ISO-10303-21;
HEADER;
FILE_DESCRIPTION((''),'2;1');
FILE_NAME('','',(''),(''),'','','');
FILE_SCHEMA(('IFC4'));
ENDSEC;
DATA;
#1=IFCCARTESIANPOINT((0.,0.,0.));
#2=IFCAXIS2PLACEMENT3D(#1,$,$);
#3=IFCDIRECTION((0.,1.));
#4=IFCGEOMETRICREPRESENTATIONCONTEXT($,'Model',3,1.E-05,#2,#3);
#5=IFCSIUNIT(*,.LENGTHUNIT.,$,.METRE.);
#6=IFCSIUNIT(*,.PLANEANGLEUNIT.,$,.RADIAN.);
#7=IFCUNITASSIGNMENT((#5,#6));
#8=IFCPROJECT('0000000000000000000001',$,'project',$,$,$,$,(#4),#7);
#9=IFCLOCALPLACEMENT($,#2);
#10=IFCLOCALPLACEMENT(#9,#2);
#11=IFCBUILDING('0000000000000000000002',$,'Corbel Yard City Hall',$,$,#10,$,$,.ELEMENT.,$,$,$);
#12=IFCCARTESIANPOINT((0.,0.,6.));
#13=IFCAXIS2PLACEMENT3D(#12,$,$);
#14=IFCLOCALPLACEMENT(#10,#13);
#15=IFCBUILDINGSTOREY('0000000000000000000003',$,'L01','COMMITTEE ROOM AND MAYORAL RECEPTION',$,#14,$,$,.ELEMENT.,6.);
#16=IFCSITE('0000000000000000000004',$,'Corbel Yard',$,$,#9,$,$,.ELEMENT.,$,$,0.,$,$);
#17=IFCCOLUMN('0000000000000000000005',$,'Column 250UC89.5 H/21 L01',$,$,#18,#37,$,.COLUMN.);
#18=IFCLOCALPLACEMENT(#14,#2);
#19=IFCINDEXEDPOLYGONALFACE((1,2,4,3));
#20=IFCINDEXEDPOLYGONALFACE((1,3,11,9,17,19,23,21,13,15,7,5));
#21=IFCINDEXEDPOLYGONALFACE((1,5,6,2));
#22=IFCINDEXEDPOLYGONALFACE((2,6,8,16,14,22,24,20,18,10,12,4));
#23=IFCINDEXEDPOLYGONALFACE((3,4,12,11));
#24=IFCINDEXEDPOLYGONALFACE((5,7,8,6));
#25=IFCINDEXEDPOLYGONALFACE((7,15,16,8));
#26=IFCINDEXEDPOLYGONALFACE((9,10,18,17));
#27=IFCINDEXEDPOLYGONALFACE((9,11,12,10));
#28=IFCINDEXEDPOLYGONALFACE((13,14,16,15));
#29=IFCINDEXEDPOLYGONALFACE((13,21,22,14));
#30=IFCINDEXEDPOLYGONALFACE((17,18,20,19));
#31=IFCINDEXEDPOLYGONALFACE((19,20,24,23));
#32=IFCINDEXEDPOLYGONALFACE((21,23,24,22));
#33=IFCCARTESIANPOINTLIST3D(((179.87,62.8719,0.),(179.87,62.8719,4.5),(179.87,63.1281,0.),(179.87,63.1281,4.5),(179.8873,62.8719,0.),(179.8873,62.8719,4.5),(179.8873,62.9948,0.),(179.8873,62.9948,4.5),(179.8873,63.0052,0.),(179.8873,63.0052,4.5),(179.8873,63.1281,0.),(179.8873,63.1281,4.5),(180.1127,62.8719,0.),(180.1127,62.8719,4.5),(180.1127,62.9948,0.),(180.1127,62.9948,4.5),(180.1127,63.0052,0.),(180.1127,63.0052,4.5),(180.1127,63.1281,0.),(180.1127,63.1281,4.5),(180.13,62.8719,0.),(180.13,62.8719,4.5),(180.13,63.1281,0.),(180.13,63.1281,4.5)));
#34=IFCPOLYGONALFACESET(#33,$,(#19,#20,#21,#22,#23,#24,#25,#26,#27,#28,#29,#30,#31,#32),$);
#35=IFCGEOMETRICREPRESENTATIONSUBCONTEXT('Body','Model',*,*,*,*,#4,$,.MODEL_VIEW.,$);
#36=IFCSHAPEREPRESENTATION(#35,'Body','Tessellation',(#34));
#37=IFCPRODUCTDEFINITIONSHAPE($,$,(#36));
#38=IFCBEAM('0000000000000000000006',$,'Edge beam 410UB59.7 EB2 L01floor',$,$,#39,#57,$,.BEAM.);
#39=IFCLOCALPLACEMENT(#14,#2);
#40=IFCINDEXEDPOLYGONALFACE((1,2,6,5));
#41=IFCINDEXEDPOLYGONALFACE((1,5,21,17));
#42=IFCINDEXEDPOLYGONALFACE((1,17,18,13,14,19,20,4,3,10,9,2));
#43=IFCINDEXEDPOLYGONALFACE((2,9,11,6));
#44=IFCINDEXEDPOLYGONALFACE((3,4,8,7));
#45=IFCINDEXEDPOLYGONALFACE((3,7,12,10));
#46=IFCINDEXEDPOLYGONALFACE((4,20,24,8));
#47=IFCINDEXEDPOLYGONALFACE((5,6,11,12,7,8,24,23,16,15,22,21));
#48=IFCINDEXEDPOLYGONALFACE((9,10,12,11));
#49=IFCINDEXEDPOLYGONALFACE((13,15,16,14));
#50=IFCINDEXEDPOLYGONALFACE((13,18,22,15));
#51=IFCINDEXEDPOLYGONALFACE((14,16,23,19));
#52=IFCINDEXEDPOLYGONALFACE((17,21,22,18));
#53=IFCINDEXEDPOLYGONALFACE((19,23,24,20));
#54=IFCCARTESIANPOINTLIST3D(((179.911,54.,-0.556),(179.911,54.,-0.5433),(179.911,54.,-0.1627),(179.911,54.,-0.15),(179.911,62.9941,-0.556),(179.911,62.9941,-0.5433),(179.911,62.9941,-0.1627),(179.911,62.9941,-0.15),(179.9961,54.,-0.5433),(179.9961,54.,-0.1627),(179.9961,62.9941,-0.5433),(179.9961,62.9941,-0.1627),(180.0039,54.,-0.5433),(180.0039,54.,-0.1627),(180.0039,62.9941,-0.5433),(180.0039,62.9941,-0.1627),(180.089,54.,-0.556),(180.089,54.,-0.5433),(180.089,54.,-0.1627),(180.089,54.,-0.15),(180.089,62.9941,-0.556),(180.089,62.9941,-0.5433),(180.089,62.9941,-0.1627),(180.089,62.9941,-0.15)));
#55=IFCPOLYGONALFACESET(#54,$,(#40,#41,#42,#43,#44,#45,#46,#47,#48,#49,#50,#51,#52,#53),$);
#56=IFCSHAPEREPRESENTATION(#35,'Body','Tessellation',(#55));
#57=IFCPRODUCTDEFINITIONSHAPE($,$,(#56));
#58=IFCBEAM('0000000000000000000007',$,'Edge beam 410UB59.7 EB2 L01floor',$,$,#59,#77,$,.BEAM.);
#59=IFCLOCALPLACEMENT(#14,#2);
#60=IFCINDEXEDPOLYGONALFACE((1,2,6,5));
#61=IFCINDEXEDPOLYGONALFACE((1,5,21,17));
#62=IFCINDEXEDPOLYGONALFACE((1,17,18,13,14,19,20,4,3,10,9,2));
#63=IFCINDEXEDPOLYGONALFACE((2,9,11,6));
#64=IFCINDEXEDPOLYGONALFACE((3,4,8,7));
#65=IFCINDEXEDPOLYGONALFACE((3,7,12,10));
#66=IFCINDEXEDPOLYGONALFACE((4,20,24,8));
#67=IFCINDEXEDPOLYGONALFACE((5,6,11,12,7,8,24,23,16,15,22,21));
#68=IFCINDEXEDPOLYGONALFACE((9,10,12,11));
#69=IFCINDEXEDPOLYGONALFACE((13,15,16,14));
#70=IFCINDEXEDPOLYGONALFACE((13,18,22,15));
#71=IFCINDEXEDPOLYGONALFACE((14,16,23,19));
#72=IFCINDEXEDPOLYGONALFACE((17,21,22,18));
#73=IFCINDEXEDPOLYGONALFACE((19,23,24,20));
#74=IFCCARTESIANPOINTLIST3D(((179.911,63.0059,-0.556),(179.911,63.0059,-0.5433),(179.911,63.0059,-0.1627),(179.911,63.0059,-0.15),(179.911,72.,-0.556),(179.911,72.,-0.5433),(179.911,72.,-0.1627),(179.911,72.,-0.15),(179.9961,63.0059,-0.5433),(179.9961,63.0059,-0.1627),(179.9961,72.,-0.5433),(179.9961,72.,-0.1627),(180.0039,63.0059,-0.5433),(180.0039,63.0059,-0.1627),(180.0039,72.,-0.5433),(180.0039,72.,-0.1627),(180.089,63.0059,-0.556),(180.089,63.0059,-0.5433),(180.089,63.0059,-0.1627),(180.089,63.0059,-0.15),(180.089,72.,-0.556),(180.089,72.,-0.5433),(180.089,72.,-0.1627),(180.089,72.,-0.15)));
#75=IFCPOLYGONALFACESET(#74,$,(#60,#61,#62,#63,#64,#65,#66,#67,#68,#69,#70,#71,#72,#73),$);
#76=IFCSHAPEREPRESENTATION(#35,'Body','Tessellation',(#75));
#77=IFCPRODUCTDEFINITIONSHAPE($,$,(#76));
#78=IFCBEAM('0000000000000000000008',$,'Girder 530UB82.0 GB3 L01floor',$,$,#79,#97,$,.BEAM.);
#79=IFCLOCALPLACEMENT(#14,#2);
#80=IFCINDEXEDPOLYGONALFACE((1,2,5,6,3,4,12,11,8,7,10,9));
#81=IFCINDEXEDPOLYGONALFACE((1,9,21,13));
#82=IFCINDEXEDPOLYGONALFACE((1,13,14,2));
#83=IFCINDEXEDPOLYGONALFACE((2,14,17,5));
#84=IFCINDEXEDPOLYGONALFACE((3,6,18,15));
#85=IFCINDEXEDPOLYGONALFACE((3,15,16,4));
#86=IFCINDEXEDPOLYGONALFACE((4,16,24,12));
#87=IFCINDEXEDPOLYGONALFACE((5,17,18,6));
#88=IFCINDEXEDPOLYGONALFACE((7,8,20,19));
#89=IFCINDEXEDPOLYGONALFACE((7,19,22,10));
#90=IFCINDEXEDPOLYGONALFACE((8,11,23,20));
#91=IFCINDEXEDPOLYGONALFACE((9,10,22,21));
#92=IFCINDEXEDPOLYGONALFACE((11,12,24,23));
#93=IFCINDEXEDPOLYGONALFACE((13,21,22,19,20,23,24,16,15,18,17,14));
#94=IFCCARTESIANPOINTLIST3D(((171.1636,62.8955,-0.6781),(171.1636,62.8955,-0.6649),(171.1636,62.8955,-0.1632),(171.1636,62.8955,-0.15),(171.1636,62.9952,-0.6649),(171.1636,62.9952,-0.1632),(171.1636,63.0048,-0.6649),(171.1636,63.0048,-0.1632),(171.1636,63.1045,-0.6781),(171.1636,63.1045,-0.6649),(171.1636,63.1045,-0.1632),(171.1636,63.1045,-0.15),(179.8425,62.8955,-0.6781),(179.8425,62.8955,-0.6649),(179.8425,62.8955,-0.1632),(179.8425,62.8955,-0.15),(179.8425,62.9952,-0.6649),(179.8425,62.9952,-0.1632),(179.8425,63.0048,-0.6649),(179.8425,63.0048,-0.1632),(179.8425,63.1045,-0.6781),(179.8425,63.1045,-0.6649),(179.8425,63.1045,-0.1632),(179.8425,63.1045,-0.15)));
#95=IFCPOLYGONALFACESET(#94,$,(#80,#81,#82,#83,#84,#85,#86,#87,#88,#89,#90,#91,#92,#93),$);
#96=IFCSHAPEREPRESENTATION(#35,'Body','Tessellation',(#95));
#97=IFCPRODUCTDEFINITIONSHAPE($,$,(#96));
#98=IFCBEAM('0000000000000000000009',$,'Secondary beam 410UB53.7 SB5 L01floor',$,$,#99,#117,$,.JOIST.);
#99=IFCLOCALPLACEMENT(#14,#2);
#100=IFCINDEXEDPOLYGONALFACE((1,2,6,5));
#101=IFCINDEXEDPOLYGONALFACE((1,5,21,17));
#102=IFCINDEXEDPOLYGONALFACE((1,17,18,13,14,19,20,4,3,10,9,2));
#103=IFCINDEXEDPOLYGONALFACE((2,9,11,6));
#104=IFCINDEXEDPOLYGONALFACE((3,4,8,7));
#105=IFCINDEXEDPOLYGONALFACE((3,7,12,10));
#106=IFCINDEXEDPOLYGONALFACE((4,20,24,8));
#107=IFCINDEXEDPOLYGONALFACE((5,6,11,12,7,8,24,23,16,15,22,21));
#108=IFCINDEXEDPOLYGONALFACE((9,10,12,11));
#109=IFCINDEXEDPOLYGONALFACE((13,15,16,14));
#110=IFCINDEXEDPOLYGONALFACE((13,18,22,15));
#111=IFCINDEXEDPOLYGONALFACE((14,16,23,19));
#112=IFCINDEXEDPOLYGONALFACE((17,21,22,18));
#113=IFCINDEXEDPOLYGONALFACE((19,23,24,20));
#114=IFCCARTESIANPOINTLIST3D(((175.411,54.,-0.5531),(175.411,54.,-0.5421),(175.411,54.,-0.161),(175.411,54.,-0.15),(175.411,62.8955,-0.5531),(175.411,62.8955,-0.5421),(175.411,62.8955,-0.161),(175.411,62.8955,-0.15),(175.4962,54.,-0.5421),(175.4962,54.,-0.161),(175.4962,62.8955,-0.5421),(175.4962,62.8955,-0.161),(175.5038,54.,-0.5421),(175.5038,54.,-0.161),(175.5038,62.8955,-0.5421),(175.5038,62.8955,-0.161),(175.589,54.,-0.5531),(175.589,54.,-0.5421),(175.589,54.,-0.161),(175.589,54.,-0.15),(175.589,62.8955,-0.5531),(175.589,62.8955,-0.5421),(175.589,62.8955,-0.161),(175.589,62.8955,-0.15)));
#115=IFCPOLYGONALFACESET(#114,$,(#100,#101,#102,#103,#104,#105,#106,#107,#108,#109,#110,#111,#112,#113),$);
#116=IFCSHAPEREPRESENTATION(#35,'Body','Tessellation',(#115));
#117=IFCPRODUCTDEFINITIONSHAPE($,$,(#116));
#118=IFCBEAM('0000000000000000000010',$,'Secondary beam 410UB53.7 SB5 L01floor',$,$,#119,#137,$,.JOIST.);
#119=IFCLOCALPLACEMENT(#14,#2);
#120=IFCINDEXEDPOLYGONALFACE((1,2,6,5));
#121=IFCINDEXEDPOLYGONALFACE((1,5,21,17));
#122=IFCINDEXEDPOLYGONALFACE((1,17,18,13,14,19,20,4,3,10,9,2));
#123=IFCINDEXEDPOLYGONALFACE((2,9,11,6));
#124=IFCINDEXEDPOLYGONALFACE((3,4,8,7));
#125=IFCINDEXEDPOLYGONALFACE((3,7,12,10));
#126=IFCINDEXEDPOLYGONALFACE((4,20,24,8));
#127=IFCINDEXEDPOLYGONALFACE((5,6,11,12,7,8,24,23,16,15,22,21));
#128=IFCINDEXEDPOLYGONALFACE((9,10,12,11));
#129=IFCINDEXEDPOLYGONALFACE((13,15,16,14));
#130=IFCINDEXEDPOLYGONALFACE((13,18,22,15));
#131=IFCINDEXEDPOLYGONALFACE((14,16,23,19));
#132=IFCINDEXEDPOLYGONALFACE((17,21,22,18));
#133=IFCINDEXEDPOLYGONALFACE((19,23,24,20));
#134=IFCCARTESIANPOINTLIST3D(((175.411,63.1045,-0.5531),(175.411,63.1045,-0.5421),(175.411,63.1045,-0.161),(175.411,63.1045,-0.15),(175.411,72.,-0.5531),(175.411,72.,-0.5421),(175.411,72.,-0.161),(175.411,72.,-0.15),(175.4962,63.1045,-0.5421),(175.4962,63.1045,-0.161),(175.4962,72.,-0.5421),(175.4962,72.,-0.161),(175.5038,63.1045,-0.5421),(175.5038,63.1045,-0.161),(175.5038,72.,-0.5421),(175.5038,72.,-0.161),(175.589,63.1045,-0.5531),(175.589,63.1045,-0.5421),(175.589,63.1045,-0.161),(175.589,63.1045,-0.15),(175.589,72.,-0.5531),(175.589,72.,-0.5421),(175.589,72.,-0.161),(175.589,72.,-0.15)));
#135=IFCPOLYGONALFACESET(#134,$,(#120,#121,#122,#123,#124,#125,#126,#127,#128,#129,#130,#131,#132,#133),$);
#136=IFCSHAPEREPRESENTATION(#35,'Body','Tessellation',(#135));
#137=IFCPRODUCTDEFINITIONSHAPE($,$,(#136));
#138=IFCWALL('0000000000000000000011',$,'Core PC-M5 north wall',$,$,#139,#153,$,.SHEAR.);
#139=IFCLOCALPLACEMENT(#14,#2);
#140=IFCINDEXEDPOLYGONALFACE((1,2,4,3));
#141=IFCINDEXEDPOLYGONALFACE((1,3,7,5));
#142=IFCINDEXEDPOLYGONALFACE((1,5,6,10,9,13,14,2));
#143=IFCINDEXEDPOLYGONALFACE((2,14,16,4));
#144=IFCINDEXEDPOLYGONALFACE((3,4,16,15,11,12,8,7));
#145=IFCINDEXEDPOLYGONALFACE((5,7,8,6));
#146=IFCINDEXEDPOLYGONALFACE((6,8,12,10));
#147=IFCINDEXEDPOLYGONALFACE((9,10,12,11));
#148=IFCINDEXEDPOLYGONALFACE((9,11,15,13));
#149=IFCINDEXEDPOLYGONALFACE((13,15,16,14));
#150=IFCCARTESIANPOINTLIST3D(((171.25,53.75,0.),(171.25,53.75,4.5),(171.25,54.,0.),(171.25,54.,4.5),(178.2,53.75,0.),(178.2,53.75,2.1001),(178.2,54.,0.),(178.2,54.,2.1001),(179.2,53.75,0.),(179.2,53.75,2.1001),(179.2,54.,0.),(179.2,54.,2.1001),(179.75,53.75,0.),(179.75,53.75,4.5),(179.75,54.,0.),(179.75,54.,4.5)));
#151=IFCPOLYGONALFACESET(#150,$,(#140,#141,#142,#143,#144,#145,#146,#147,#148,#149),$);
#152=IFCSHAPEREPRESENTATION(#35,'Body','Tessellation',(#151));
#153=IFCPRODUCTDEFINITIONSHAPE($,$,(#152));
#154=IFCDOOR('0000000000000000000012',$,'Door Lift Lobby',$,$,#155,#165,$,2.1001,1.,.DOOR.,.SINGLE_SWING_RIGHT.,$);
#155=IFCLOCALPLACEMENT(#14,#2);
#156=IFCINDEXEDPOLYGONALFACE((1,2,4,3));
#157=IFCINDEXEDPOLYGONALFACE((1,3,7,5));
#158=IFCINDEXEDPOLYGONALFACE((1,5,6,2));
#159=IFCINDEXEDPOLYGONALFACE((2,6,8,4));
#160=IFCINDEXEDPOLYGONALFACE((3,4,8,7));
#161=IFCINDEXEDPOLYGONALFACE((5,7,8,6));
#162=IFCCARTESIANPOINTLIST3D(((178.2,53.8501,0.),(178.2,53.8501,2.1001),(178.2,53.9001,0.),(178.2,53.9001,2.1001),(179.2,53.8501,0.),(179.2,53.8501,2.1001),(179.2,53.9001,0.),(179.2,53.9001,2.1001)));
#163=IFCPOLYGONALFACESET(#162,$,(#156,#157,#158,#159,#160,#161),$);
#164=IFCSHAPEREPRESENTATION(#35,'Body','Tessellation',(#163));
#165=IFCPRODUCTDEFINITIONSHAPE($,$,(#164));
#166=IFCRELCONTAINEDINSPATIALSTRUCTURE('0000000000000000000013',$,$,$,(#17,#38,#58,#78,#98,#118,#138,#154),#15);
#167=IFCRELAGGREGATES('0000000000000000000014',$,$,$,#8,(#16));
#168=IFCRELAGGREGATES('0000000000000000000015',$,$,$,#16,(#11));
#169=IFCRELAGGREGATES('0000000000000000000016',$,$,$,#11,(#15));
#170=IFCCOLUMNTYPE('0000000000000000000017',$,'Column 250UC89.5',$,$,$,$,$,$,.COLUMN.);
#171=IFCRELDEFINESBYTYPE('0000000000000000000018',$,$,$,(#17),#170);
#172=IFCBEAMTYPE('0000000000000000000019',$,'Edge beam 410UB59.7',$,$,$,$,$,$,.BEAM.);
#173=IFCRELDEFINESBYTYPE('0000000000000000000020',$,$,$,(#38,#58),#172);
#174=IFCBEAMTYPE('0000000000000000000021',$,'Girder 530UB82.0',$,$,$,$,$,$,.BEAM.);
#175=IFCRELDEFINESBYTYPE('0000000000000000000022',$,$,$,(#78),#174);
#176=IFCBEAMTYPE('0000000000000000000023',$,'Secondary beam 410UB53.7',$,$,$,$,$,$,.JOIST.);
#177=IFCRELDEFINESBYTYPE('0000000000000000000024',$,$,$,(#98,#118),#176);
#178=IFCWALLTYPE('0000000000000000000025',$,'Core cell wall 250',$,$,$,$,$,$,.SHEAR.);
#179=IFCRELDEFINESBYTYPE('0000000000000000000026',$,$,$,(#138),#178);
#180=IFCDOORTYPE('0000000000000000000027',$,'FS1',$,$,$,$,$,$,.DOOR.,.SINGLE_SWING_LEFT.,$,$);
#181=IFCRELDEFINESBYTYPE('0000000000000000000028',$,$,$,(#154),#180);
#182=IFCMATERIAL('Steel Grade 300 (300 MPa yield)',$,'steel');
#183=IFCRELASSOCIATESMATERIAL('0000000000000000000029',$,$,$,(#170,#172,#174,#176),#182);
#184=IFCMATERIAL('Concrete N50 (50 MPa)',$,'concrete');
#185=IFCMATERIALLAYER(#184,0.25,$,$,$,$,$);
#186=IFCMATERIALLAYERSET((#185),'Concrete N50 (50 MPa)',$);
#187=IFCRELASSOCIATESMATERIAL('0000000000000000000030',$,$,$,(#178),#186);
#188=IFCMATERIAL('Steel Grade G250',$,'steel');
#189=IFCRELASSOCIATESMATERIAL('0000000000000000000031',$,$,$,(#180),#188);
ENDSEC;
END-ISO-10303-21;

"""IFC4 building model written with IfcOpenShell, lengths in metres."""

from ifc_helpers import new_model, si_unit, direction, frame, frame_2d, origin, origin_2d, place, context, subcontext, project, spatial, rectangle, i_section, extrude, material, layer, layer_set, material_profile, profile_set, type_object, element, fill, save


model = new_model("IFC4")

# Units and contexts
model_context = context("Model", 3, precision=1e-05, world=origin(), true_north=direction((0.0, 1.0)))
body_context = subcontext(model_context, "Body", "Model", "MODEL_VIEW")
ifc_project = project(units=[si_unit("LENGTHUNIT", "METRE"), si_unit("PLANEANGLEUNIT", "RADIAN")], contexts=[model_context])

# Site, building, storey
site_placement = place(None, origin())
site = spatial("IfcSite", under=ifc_project, at=site_placement, Name="Corbel Yard", CompositionType="ELEMENT", RefElevation=0.0)
building_placement = place(site_placement, origin())
building = spatial("IfcBuilding", under=site, at=building_placement, Name="Corbel Yard City Hall", CompositionType="ELEMENT")
storey_placement = place(building_placement, frame((0.0, 0.0, 6.0)))
storey = spatial("IfcBuildingStorey", under=building, at=storey_placement, Name="L01", Description="COMMITTEE ROOM AND MAYORAL RECEPTION", CompositionType="ELEMENT", Elevation=6.0)

# Column
ifc_material_1 = material(Name="Steel Grade 300 (300 MPa yield)", Category="steel")
ifc_material_profile_1 = material_profile(ifc_material_1, i_section(OverallWidth=0.2561, OverallDepth=0.26, WebThickness=0.0105, FlangeThickness=0.0173, at=origin_2d()), Name="250UC89.5")
ifc_profile_set_1 = profile_set([ifc_material_profile_1], Name="Steel Grade 300 (300 MPa yield)")
column_type = type_object("IfcColumnType", Name="Column 250UC89.5", PredefinedType="COLUMN", material=ifc_profile_set_1)
column_placement = place(storey_placement, frame((180.0, 63.0, 0.0), z_axis=(0.0, 0.0, 1.0), x_axis=(0.0, 1.0, 0.0)))
element("IfcColumn", 1, at=column_placement, inside=storey, type_object=column_type, Name="Column 250UC89.5 H/21 L01", PredefinedType="COLUMN", context=body_context, shape_type="SweptSolid", body=[
    extrude(i_section(OverallWidth=0.2561, OverallDepth=0.26, WebThickness=0.0105, FlangeThickness=0.0173, at=origin_2d()), origin(), (0.0, 0.0, 1.0), 4.5),
])

# Beams
ifc_material_profile_2 = material_profile(ifc_material_1, i_section(OverallWidth=0.178, OverallDepth=0.406, WebThickness=0.0078, FlangeThickness=0.0127, at=origin_2d()), Name="410UB59.7")
ifc_profile_set_2 = profile_set([ifc_material_profile_2], Name="Steel Grade 300 (300 MPa yield)")
beam_type_1 = type_object("IfcBeamType", Name="Edge beam 410UB59.7", PredefinedType="BEAM", material=ifc_profile_set_2)
for number, where, z_axis, x_axis, name in (
    (2, (180.0, 54.0, -0.353), (0.0, 1.0, 0.0), (-1.0, 0.0, 0.0), "Edge beam 410UB59.7 EB2 L01floor"),
    (3, (180.0, 63.0059, -0.353), (0.0, 1.0, 0.0), (-1.0, 0.0, 0.0), "Edge beam 410UB59.7 EB2 L01floor"),
):
    element("IfcBeam", number, at=place(storey_placement, frame(where, z_axis=z_axis, x_axis=x_axis)), inside=storey, type_object=beam_type_1, Name=name, PredefinedType="BEAM", context=body_context, shape_type="SweptSolid", body=[
        extrude(i_section(OverallWidth=0.178, OverallDepth=0.406, WebThickness=0.0078, FlangeThickness=0.0127, at=origin_2d()), origin(), (0.0, 0.0, 1.0), 8.9941),
    ])
ifc_material_profile_3 = material_profile(ifc_material_1, i_section(OverallWidth=0.209, OverallDepth=0.5281, WebThickness=0.0095, FlangeThickness=0.0132, at=origin_2d()), Name="530UB82.0")
ifc_profile_set_3 = profile_set([ifc_material_profile_3], Name="Steel Grade 300 (300 MPa yield)")
beam_type_2 = type_object("IfcBeamType", Name="Girder 530UB82.0", PredefinedType="BEAM", material=ifc_profile_set_3)
beam_placement = place(storey_placement, frame((171.1636, 63.0, -0.4141), z_axis=(1.0, 0.0, 0.0), x_axis=(0.0, 1.0, 0.0)))
element("IfcBeam", 4, at=beam_placement, inside=storey, type_object=beam_type_2, Name="Girder 530UB82.0 GB3 L01floor", PredefinedType="BEAM", context=body_context, shape_type="SweptSolid", body=[
    extrude(i_section(OverallWidth=0.209, OverallDepth=0.5281, WebThickness=0.0095, FlangeThickness=0.0132, at=origin_2d()), origin(), (0.0, 0.0, 1.0), 8.679),
])
ifc_material_profile_4 = material_profile(ifc_material_1, i_section(OverallWidth=0.178, OverallDepth=0.4031, WebThickness=0.0076, FlangeThickness=0.011, at=origin_2d()), Name="410UB53.7")
ifc_profile_set_4 = profile_set([ifc_material_profile_4], Name="Steel Grade 300 (300 MPa yield)")
beam_type_3 = type_object("IfcBeamType", Name="Secondary beam 410UB53.7", PredefinedType="JOIST", material=ifc_profile_set_4)
for number, where, z_axis, x_axis, name in (
    (5, (175.5, 54.0, -0.3516), (0.0, 1.0, 0.0), (-1.0, 0.0, 0.0), "Secondary beam 410UB53.7 SB5 L01floor"),
    (6, (175.5, 63.1045, -0.3516), (0.0, 1.0, 0.0), (-1.0, 0.0, 0.0), "Secondary beam 410UB53.7 SB5 L01floor"),
):
    element("IfcBeam", number, at=place(storey_placement, frame(where, z_axis=z_axis, x_axis=x_axis)), inside=storey, type_object=beam_type_3, Name=name, PredefinedType="JOIST", context=body_context, shape_type="SweptSolid", body=[
        extrude(i_section(OverallWidth=0.178, OverallDepth=0.4031, WebThickness=0.0076, FlangeThickness=0.011, at=origin_2d()), origin(), (0.0, 0.0, 1.0), 8.8955),
    ])

# Wall, opening, door
ifc_material_2 = material(Name="Concrete N50 (50 MPa)", Category="concrete")
ifc_layer_1 = layer(ifc_material_2, 0.25)
ifc_layer_set_1 = layer_set([ifc_layer_1], Name="Concrete N50 (50 MPa)")
wall_type_1 = type_object("IfcWallType", Name="Core cell wall 250", PredefinedType="SHEAR", material=ifc_layer_set_1)
wall_1_placement = place(storey_placement, frame((171.25, 53.875, 0.0), z_axis=(0.0, 0.0, 1.0), x_axis=(1.0, 0.0, 0.0)))
wall_1 = element("IfcWall", 7, at=wall_1_placement, inside=storey, type_object=wall_type_1, Name="Core PC-M5 north wall", PredefinedType="SHEAR", context=body_context, shape_type="SweptSolid", body=[
    extrude(rectangle(XDim=8.5, YDim=0.25, at=frame_2d((4.25, 0.0))), origin(), (0.0, 0.0, 1.0), 4.5),
])
opening_1_placement = place(wall_1_placement, frame((6.95, 0.0, 0.0)))
opening_1 = element("IfcOpeningElement", 8, at=opening_1_placement, cuts=wall_1, PredefinedType="OPENING", context=body_context, shape_type="SweptSolid", body=[
    extrude(rectangle(XDim=1.0, YDim=2.1001, at=frame_2d((0.5, 1.05))), frame((0.0, 0.135, 0.0), z_axis=(0.0, -1.0, 0.0), x_axis=(1.0, 0.0, 0.0)), (0.0, 0.0, 1.0), 0.27),
])
ifc_material_3 = material(Name="Steel Grade G250", Category="steel")
door_type_1 = type_object("IfcDoorType", Name="FS1", OperationType="SINGLE_SWING_LEFT", PredefinedType="DOOR", material=ifc_material_3)
door_1_placement = place(opening_1_placement, frame((1.0, 0.0, 0.0), z_axis=(0.0, 0.0, 1.0), x_axis=(-1.0, 0.0, 0.0)))
door_1 = element("IfcDoor", 9, at=door_1_placement, inside=storey, type_object=door_type_1, Name="Door Lift Lobby", OperationType="SINGLE_SWING_RIGHT", OverallHeight=2.1001, OverallWidth=1.0, PredefinedType="DOOR", context=body_context, shape_type="SweptSolid", body=[
    extrude(rectangle(XDim=1.0, YDim=2.1001, at=frame_2d((0.5, 1.05))), frame((0.0, 0.0249, 0.0), z_axis=(0.0, -1.0, 0.0), x_axis=(1.0, 0.0, 0.0)), (0.0, 0.0, 1.0), 0.05),
])
fill(opening_1, door_1)

save(model, "model.ifc")
